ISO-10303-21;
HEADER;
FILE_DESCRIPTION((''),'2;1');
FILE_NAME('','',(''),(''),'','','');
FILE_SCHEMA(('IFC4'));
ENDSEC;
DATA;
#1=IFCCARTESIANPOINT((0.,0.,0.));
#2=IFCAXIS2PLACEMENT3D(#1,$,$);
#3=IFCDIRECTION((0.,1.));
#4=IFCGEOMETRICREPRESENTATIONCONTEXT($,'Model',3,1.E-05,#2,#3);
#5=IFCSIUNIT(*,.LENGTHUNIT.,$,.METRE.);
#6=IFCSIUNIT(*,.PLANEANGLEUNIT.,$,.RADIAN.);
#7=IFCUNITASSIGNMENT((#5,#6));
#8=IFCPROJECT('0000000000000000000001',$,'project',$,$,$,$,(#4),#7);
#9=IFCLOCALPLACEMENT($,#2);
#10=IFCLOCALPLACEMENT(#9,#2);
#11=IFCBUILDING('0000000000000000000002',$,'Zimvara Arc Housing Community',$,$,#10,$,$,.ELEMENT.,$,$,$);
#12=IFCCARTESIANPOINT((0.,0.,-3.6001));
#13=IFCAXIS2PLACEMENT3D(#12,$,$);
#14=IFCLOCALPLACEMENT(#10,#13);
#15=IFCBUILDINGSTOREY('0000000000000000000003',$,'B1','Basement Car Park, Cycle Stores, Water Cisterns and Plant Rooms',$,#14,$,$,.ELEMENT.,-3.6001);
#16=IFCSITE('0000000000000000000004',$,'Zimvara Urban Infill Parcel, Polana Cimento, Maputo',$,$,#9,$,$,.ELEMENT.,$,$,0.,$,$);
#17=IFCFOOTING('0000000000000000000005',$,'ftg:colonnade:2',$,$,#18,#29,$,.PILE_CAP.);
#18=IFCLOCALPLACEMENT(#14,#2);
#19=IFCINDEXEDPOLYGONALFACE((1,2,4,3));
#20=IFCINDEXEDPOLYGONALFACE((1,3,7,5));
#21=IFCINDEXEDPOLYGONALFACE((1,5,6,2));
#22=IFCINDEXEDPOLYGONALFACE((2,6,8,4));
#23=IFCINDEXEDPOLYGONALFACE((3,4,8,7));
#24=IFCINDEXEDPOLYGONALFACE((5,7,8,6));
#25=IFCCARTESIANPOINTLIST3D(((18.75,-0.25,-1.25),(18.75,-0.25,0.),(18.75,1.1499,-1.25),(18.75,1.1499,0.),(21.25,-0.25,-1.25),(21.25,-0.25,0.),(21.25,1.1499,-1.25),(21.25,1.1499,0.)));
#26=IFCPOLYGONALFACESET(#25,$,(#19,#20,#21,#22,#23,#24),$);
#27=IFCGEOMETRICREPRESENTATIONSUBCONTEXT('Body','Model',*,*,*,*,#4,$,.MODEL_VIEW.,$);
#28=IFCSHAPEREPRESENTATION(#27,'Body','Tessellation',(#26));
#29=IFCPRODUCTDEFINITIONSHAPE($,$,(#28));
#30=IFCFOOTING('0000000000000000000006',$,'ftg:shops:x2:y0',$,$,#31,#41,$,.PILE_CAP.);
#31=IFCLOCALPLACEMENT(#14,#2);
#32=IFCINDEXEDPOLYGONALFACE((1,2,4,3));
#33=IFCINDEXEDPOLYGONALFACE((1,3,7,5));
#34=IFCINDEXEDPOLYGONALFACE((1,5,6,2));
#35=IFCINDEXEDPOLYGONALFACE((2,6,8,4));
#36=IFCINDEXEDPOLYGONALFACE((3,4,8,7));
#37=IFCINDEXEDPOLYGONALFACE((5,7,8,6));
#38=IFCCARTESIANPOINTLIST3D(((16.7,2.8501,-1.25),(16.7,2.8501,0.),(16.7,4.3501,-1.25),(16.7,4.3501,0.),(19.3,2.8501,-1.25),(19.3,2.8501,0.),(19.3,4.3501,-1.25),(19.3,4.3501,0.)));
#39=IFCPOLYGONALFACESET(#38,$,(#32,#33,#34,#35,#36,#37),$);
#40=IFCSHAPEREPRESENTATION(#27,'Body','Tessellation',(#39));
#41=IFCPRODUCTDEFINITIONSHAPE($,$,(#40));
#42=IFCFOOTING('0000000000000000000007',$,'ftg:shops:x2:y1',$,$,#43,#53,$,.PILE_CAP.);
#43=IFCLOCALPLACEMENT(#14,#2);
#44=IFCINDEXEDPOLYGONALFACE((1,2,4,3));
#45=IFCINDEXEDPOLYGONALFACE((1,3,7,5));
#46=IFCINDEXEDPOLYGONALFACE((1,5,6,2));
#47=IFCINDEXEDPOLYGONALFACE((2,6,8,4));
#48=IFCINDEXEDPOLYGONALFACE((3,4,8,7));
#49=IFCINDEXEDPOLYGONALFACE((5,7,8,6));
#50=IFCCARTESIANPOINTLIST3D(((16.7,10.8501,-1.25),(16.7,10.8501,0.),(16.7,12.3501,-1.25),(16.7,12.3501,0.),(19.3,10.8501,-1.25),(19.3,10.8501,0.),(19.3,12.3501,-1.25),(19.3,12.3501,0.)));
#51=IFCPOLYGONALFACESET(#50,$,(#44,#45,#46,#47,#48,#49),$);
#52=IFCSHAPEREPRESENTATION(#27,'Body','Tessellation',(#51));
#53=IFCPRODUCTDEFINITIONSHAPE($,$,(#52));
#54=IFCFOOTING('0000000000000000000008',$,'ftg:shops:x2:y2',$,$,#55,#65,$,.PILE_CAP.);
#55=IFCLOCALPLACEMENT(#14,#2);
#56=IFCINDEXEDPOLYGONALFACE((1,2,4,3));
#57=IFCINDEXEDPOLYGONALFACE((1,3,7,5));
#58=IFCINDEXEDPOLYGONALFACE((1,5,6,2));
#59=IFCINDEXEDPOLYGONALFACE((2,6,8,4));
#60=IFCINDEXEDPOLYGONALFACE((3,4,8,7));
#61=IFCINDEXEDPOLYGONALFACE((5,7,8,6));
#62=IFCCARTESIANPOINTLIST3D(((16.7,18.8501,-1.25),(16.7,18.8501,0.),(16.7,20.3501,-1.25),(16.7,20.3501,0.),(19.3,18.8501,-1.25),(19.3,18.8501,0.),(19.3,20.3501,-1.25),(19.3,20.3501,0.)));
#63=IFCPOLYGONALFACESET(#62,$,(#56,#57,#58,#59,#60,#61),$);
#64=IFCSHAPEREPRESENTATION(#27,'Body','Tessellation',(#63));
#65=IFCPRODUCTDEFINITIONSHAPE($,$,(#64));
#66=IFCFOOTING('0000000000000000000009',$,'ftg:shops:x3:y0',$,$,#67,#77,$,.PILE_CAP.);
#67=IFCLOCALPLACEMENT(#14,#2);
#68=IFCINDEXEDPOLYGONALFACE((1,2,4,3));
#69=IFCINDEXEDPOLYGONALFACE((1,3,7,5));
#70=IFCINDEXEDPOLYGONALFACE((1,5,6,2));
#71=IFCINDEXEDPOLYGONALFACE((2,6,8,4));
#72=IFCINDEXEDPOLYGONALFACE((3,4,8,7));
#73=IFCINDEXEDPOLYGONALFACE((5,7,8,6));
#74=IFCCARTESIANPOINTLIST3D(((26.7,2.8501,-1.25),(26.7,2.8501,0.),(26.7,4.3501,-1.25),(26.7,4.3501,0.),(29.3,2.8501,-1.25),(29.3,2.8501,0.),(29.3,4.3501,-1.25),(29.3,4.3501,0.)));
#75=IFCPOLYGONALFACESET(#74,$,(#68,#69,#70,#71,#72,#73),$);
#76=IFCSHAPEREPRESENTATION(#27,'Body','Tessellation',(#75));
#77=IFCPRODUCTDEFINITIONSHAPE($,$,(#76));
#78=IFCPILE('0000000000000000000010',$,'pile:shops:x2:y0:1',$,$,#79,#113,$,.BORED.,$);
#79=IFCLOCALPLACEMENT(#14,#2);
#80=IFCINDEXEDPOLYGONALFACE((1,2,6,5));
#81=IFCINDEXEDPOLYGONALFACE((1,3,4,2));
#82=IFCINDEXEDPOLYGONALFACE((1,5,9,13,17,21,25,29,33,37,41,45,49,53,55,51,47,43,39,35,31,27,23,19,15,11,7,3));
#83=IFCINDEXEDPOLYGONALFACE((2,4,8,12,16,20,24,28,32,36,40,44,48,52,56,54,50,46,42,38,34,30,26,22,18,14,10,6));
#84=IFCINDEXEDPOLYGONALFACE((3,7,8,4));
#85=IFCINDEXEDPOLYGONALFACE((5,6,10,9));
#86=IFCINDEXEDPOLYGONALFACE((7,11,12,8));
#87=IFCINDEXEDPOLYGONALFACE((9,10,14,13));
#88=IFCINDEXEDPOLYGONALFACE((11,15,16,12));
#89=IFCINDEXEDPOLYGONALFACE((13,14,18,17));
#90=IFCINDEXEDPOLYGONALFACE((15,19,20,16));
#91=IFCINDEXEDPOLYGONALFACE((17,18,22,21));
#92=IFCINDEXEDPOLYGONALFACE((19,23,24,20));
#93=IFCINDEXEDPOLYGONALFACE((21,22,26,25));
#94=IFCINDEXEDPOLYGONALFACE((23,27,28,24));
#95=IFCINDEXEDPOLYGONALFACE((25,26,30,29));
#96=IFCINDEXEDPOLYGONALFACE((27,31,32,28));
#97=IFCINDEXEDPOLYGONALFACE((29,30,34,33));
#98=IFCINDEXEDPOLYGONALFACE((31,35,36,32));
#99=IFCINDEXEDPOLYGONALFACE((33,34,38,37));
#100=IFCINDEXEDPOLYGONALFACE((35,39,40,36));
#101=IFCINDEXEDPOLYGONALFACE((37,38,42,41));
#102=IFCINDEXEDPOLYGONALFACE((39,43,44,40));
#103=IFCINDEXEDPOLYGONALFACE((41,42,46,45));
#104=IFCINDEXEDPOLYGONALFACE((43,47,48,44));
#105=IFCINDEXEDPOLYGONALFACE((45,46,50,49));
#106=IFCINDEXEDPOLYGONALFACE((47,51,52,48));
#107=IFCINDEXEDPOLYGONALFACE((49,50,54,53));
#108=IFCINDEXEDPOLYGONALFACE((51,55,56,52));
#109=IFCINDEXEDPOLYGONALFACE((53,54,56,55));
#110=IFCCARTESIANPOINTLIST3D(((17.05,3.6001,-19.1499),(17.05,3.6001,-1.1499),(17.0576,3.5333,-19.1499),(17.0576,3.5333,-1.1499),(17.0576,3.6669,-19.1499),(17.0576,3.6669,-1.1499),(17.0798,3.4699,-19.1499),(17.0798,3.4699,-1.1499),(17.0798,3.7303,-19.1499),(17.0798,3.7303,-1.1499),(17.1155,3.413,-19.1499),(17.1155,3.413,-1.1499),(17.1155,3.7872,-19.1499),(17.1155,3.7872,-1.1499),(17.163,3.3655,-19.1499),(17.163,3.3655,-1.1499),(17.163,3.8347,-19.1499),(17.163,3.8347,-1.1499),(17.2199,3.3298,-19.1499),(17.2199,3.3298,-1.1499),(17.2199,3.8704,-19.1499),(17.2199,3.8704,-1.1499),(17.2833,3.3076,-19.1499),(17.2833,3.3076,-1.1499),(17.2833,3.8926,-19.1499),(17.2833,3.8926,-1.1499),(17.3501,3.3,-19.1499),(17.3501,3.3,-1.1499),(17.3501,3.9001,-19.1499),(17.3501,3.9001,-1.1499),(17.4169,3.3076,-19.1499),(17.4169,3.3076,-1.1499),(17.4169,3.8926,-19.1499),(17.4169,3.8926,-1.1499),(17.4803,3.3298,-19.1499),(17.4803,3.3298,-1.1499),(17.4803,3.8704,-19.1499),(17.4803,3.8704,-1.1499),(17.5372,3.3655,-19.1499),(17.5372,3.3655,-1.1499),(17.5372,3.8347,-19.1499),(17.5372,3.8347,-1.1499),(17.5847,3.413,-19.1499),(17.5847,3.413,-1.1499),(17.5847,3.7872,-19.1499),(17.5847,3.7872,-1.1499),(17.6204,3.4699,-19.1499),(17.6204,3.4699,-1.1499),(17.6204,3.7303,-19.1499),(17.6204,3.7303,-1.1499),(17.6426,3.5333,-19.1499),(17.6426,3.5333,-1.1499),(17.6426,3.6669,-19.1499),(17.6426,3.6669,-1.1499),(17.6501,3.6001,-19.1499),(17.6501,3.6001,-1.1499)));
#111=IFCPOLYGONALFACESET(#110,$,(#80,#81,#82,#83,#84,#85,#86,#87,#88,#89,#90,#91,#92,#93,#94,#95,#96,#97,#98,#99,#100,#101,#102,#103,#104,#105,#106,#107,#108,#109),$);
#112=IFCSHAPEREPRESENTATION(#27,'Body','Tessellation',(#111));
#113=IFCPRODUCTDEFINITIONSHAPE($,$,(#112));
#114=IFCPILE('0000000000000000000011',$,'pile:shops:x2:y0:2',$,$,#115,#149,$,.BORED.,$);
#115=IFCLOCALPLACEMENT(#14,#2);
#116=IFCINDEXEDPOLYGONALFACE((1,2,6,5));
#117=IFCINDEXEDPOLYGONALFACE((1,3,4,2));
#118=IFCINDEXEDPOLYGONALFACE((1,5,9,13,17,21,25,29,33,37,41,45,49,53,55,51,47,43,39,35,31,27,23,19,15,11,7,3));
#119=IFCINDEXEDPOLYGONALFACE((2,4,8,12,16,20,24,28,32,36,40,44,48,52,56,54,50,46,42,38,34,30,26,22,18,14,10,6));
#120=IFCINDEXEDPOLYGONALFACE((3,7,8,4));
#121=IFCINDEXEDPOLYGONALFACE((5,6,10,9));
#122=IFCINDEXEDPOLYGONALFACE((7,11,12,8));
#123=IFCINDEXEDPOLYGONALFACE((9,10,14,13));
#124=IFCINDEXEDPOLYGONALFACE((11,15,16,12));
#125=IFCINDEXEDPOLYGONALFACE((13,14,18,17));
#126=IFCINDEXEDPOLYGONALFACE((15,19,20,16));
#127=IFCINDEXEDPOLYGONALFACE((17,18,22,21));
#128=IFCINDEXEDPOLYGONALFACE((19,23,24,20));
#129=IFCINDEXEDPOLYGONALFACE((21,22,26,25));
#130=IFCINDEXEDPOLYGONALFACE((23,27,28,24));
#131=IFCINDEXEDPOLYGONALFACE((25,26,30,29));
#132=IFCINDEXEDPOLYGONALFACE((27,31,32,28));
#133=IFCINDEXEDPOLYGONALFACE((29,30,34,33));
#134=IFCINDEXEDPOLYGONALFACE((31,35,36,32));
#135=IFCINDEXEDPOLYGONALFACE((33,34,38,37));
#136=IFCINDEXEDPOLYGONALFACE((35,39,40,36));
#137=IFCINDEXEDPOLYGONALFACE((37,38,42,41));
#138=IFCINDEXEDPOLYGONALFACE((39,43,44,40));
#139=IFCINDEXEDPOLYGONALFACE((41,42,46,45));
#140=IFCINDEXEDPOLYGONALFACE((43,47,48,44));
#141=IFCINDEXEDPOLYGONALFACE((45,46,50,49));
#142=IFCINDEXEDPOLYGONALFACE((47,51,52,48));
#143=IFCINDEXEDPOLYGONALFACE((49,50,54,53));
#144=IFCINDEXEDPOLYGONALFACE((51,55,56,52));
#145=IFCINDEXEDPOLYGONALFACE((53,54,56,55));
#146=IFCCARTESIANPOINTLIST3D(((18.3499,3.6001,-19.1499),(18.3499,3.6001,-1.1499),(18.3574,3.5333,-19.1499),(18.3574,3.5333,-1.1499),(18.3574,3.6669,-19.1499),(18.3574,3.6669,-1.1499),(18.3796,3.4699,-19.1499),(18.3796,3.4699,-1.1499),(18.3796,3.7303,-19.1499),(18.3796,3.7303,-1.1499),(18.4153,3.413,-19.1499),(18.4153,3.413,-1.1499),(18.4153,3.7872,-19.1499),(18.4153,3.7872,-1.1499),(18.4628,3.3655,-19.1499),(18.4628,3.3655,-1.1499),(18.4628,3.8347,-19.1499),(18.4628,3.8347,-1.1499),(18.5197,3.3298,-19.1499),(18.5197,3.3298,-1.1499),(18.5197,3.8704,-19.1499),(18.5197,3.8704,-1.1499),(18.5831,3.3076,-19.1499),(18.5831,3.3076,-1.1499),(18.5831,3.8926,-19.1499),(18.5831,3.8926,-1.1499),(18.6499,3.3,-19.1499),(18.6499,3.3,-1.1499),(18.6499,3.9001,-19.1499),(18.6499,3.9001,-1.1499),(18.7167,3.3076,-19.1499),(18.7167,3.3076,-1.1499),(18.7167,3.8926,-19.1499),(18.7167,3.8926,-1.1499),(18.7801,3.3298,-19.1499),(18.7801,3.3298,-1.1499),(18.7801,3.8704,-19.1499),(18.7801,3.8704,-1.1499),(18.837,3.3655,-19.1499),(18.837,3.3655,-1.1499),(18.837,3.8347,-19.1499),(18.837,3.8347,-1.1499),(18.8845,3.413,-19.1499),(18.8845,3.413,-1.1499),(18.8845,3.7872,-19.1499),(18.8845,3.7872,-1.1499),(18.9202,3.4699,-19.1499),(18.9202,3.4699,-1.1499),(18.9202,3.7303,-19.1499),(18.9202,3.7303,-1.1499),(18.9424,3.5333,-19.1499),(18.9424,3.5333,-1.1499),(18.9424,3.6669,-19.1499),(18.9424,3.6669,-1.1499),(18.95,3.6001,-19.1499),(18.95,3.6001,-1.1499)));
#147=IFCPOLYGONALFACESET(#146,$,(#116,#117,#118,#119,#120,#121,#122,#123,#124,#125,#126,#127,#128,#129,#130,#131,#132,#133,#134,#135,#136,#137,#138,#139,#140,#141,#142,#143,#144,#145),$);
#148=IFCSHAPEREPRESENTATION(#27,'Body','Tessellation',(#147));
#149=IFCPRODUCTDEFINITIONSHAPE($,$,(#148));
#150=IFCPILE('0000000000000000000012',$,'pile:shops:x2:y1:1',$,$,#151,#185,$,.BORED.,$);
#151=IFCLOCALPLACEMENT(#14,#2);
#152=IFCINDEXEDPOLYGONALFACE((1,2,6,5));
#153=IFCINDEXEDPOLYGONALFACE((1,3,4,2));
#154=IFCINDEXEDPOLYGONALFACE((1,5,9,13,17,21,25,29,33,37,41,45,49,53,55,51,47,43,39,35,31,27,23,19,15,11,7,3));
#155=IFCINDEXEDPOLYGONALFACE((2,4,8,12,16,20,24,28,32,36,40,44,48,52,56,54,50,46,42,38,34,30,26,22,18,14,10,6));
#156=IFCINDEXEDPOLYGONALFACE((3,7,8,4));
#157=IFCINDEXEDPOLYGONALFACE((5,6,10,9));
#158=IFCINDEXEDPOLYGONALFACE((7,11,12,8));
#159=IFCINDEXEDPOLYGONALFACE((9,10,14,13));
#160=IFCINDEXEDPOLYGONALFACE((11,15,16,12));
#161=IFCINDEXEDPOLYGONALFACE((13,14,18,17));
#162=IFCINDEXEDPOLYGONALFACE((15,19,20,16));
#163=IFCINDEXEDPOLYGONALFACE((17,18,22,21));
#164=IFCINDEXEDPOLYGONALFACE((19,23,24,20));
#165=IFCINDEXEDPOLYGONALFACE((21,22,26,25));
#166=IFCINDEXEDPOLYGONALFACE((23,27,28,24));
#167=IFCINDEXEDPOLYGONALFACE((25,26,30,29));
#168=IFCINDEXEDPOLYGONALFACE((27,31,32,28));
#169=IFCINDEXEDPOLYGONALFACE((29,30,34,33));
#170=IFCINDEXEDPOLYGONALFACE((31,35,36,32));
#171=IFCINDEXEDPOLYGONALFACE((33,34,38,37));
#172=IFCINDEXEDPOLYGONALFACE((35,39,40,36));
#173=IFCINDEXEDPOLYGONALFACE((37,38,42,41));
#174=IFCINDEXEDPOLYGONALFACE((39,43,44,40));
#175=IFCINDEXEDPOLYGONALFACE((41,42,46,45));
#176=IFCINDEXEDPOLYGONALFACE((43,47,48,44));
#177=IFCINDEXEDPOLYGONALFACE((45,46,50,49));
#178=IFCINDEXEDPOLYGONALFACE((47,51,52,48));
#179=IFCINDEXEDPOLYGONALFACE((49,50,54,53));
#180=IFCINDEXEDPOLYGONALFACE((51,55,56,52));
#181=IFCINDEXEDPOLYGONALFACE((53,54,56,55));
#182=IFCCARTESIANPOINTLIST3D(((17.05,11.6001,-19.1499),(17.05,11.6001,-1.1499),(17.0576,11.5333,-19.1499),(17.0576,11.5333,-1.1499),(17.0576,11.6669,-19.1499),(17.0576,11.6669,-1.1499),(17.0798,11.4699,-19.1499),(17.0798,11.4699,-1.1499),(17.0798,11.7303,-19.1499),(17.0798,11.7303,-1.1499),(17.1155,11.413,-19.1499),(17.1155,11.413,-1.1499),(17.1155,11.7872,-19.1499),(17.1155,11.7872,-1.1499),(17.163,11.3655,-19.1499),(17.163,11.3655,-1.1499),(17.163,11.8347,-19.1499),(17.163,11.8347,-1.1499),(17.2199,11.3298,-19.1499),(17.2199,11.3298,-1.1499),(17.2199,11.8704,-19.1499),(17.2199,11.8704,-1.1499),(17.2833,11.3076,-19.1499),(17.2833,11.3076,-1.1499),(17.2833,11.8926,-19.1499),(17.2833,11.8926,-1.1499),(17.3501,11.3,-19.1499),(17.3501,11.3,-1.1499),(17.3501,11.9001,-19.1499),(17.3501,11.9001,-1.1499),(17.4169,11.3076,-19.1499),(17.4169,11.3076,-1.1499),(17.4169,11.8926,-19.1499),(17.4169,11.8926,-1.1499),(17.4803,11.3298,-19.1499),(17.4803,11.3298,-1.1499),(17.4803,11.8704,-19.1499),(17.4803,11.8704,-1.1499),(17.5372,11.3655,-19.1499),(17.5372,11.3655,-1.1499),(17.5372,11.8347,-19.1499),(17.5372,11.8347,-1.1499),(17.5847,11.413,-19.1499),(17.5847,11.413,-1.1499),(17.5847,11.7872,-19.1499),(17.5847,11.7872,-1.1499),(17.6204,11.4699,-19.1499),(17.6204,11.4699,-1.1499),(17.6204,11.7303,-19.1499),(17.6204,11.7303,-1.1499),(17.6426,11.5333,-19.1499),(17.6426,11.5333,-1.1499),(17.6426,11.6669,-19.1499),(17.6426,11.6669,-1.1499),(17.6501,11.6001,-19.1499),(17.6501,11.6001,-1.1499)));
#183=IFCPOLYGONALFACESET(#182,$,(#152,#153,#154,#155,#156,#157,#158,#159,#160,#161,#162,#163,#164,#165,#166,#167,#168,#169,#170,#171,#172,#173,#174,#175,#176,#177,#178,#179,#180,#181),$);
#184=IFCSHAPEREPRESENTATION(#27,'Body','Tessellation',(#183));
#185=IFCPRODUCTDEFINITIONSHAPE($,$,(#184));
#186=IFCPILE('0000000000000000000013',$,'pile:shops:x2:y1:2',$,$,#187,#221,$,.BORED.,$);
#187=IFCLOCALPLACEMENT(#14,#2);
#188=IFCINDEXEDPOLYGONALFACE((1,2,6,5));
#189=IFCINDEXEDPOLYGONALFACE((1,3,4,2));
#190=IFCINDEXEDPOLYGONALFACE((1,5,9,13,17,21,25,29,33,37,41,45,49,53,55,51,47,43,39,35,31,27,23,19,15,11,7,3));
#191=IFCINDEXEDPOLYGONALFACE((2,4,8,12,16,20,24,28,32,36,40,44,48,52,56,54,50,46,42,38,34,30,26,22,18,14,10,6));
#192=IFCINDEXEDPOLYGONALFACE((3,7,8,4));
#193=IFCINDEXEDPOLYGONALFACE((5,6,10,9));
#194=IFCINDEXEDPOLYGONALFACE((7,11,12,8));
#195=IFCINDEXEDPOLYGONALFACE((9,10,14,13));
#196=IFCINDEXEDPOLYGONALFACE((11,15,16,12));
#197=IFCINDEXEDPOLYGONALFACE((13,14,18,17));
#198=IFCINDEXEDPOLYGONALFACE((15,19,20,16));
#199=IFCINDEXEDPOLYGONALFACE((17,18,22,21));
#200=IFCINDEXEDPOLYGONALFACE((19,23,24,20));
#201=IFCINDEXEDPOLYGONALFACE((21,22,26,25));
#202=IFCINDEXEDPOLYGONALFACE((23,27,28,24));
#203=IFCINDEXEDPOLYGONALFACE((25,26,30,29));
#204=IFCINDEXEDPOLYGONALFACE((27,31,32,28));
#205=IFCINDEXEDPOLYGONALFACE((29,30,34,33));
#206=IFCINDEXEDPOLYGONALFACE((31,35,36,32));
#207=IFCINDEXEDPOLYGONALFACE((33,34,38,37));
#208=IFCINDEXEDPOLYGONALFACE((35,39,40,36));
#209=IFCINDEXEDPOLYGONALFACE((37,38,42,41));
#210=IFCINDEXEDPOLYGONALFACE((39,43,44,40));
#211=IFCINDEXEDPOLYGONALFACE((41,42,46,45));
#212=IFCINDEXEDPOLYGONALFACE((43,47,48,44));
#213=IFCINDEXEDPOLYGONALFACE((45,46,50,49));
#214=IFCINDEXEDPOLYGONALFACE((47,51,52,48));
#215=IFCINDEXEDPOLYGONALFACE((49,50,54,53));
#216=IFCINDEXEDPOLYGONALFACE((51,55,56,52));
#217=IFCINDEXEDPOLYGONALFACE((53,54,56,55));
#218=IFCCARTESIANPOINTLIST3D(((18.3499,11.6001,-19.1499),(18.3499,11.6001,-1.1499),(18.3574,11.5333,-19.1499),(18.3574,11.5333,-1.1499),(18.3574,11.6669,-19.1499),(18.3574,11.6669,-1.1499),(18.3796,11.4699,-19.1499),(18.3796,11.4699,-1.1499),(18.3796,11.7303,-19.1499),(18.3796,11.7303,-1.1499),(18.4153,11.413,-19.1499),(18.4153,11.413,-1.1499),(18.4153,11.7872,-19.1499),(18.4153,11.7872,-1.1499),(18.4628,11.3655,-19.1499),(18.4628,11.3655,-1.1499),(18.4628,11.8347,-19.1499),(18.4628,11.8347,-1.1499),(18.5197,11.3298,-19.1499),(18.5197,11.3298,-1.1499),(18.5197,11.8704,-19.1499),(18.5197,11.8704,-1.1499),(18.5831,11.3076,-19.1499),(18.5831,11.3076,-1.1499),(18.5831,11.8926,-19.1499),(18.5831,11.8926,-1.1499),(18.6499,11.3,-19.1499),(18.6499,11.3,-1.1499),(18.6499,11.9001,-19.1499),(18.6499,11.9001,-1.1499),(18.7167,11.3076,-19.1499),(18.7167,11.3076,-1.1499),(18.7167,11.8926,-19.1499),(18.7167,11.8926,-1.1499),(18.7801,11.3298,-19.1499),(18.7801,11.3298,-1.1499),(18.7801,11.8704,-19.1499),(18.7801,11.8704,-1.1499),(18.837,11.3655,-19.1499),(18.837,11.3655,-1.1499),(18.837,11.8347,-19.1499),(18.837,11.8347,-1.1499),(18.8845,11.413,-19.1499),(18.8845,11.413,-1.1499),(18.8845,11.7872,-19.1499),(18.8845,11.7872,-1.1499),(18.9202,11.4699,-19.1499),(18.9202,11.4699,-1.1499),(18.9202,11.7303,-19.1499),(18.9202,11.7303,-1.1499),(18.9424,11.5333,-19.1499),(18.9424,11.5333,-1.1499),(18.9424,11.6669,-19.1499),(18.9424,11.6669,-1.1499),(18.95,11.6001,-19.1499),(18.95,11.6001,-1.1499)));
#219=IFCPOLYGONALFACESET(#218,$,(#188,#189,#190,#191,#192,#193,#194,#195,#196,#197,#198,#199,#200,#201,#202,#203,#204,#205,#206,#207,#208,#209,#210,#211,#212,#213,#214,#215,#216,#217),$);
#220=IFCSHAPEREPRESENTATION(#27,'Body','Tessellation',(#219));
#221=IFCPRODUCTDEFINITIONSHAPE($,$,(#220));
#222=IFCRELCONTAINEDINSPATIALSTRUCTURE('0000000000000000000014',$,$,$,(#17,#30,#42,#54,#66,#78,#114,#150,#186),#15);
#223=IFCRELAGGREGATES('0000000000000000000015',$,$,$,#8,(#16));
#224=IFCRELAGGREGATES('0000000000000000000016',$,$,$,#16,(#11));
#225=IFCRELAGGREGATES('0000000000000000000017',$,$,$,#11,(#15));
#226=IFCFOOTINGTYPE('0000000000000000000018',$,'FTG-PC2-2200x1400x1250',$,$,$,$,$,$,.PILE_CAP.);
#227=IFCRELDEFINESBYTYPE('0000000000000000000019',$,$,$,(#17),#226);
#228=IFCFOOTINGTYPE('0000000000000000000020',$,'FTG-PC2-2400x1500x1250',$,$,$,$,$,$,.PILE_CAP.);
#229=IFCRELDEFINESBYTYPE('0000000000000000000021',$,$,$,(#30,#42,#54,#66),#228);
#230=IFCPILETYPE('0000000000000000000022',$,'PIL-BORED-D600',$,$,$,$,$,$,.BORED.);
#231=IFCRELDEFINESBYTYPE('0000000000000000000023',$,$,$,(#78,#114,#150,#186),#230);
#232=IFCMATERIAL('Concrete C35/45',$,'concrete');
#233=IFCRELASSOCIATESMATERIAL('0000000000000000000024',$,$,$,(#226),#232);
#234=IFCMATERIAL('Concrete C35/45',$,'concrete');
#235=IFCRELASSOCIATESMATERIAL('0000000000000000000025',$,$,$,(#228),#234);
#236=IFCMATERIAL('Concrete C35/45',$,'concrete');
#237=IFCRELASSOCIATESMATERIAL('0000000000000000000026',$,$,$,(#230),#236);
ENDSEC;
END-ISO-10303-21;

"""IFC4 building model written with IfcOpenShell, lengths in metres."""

from ifc_helpers import new_model, si_unit, direction, frame, origin, origin_2d, place, context, subcontext, project, spatial, rectangle, circle, extrude, material, material_profile, profile_set, type_object, element, save


model = new_model("IFC4")

# Units and contexts
model_context = context("Model", 3, precision=1e-05, world=origin(), true_north=direction((0.0, 1.0)))
body_context = subcontext(model_context, "Body", "Model", "MODEL_VIEW")
ifc_project = project(units=[si_unit("LENGTHUNIT", "METRE"), si_unit("PLANEANGLEUNIT", "RADIAN")], contexts=[model_context])

# Site, building, storey
site_placement = place(None, origin())
site = spatial("IfcSite", under=ifc_project, at=site_placement, Name="Zimvara Urban Infill Parcel, Polana Cimento, Maputo", CompositionType="ELEMENT", RefElevation=0.0)
building_placement = place(site_placement, origin())
building = spatial("IfcBuilding", under=site, at=building_placement, Name="Zimvara Arc Housing Community", CompositionType="ELEMENT")
storey_placement = place(building_placement, frame((0.0, 0.0, -3.6001)))
storey = spatial("IfcBuildingStorey", under=building, at=storey_placement, Name="B1", Description="Basement Car Park, Cycle Stores, Water Cisterns and Plant Rooms", CompositionType="ELEMENT", Elevation=-3.6001)

# Footings
ifc_material_1 = material(Name="Concrete C35/45", Category="concrete")
footing_type_1 = type_object("IfcFootingType", Name="FTG-PC2-2200x1400x1250", PredefinedType="PILE_CAP", material=ifc_material_1)
footing_placement = place(storey_placement, frame((20.0, 0.45, -1.25), z_axis=(0.0, 0.0, 1.0), x_axis=(1.0, 0.0, 0.0)))
element("IfcFooting", 1, at=footing_placement, inside=storey, type_object=footing_type_1, Name="ftg:colonnade:2", PredefinedType="PILE_CAP", context=body_context, shape_type="SweptSolid", body=[
    extrude(rectangle(XDim=2.5, YDim=1.3999, at=origin_2d()), origin(), (0.0, 0.0, 1.0), 1.25),
])
ifc_material_2 = material(Name="Concrete C35/45", Category="concrete")
footing_type_2 = type_object("IfcFootingType", Name="FTG-PC2-2400x1500x1250", PredefinedType="PILE_CAP", material=ifc_material_2)
for number, where, z_axis, x_axis, name in (
    (2, (18.0, 3.6001, -1.25), (0.0, 0.0, 1.0), (1.0, 0.0, 0.0), "ftg:shops:x2:y0"),
    (3, (18.0, 11.6001, -1.25), (0.0, 0.0, 1.0), (1.0, 0.0, 0.0), "ftg:shops:x2:y1"),
    (4, (18.0, 19.6001, -1.25), (0.0, 0.0, 1.0), (1.0, 0.0, 0.0), "ftg:shops:x2:y2"),
    (5, (28.0, 3.6001, -1.25), (0.0, 0.0, 1.0), (1.0, 0.0, 0.0), "ftg:shops:x3:y0"),
):
    element("IfcFooting", number, at=place(storey_placement, frame(where, z_axis=z_axis, x_axis=x_axis)), inside=storey, type_object=footing_type_2, Name=name, PredefinedType="PILE_CAP", context=body_context, shape_type="SweptSolid", body=[
        extrude(rectangle(XDim=2.6001, YDim=1.5, at=origin_2d()), origin(), (0.0, 0.0, 1.0), 1.25),
    ])

# Piles
ifc_material_3 = material(Name="Concrete C35/45", Category="concrete")
ifc_material_profile_1 = material_profile(ifc_material_3, circle(Radius=0.3, at=origin_2d()), Name="PILE D600")
ifc_profile_set_1 = profile_set([ifc_material_profile_1], Name="Concrete C35/45")
pile_type = type_object("IfcPileType", Name="PIL-BORED-D600", PredefinedType="BORED", material=ifc_profile_set_1)
for number, where, z_axis, x_axis, name in (
    (6, (17.3501, 3.6001, -1.1499), (0.0, 0.0, -1.0), (1.0, 0.0, 0.0), "pile:shops:x2:y0:1"),
    (7, (18.6499, 3.6001, -1.1499), (0.0, 0.0, -1.0), (1.0, 0.0, 0.0), "pile:shops:x2:y0:2"),
    (8, (17.3501, 11.6001, -1.1499), (0.0, 0.0, -1.0), (1.0, 0.0, 0.0), "pile:shops:x2:y1:1"),
    (9, (18.6499, 11.6001, -1.1499), (0.0, 0.0, -1.0), (1.0, 0.0, 0.0), "pile:shops:x2:y1:2"),
):
    element("IfcPile", number, at=place(storey_placement, frame(where, z_axis=z_axis, x_axis=x_axis)), inside=storey, type_object=pile_type, Name=name, PredefinedType="BORED", context=body_context, shape_type="SweptSolid", body=[
        extrude(circle(Radius=0.3, at=origin_2d()), origin(), (0.0, 0.0, 1.0), 18.0),
    ])

save(model, "model.ifc")
